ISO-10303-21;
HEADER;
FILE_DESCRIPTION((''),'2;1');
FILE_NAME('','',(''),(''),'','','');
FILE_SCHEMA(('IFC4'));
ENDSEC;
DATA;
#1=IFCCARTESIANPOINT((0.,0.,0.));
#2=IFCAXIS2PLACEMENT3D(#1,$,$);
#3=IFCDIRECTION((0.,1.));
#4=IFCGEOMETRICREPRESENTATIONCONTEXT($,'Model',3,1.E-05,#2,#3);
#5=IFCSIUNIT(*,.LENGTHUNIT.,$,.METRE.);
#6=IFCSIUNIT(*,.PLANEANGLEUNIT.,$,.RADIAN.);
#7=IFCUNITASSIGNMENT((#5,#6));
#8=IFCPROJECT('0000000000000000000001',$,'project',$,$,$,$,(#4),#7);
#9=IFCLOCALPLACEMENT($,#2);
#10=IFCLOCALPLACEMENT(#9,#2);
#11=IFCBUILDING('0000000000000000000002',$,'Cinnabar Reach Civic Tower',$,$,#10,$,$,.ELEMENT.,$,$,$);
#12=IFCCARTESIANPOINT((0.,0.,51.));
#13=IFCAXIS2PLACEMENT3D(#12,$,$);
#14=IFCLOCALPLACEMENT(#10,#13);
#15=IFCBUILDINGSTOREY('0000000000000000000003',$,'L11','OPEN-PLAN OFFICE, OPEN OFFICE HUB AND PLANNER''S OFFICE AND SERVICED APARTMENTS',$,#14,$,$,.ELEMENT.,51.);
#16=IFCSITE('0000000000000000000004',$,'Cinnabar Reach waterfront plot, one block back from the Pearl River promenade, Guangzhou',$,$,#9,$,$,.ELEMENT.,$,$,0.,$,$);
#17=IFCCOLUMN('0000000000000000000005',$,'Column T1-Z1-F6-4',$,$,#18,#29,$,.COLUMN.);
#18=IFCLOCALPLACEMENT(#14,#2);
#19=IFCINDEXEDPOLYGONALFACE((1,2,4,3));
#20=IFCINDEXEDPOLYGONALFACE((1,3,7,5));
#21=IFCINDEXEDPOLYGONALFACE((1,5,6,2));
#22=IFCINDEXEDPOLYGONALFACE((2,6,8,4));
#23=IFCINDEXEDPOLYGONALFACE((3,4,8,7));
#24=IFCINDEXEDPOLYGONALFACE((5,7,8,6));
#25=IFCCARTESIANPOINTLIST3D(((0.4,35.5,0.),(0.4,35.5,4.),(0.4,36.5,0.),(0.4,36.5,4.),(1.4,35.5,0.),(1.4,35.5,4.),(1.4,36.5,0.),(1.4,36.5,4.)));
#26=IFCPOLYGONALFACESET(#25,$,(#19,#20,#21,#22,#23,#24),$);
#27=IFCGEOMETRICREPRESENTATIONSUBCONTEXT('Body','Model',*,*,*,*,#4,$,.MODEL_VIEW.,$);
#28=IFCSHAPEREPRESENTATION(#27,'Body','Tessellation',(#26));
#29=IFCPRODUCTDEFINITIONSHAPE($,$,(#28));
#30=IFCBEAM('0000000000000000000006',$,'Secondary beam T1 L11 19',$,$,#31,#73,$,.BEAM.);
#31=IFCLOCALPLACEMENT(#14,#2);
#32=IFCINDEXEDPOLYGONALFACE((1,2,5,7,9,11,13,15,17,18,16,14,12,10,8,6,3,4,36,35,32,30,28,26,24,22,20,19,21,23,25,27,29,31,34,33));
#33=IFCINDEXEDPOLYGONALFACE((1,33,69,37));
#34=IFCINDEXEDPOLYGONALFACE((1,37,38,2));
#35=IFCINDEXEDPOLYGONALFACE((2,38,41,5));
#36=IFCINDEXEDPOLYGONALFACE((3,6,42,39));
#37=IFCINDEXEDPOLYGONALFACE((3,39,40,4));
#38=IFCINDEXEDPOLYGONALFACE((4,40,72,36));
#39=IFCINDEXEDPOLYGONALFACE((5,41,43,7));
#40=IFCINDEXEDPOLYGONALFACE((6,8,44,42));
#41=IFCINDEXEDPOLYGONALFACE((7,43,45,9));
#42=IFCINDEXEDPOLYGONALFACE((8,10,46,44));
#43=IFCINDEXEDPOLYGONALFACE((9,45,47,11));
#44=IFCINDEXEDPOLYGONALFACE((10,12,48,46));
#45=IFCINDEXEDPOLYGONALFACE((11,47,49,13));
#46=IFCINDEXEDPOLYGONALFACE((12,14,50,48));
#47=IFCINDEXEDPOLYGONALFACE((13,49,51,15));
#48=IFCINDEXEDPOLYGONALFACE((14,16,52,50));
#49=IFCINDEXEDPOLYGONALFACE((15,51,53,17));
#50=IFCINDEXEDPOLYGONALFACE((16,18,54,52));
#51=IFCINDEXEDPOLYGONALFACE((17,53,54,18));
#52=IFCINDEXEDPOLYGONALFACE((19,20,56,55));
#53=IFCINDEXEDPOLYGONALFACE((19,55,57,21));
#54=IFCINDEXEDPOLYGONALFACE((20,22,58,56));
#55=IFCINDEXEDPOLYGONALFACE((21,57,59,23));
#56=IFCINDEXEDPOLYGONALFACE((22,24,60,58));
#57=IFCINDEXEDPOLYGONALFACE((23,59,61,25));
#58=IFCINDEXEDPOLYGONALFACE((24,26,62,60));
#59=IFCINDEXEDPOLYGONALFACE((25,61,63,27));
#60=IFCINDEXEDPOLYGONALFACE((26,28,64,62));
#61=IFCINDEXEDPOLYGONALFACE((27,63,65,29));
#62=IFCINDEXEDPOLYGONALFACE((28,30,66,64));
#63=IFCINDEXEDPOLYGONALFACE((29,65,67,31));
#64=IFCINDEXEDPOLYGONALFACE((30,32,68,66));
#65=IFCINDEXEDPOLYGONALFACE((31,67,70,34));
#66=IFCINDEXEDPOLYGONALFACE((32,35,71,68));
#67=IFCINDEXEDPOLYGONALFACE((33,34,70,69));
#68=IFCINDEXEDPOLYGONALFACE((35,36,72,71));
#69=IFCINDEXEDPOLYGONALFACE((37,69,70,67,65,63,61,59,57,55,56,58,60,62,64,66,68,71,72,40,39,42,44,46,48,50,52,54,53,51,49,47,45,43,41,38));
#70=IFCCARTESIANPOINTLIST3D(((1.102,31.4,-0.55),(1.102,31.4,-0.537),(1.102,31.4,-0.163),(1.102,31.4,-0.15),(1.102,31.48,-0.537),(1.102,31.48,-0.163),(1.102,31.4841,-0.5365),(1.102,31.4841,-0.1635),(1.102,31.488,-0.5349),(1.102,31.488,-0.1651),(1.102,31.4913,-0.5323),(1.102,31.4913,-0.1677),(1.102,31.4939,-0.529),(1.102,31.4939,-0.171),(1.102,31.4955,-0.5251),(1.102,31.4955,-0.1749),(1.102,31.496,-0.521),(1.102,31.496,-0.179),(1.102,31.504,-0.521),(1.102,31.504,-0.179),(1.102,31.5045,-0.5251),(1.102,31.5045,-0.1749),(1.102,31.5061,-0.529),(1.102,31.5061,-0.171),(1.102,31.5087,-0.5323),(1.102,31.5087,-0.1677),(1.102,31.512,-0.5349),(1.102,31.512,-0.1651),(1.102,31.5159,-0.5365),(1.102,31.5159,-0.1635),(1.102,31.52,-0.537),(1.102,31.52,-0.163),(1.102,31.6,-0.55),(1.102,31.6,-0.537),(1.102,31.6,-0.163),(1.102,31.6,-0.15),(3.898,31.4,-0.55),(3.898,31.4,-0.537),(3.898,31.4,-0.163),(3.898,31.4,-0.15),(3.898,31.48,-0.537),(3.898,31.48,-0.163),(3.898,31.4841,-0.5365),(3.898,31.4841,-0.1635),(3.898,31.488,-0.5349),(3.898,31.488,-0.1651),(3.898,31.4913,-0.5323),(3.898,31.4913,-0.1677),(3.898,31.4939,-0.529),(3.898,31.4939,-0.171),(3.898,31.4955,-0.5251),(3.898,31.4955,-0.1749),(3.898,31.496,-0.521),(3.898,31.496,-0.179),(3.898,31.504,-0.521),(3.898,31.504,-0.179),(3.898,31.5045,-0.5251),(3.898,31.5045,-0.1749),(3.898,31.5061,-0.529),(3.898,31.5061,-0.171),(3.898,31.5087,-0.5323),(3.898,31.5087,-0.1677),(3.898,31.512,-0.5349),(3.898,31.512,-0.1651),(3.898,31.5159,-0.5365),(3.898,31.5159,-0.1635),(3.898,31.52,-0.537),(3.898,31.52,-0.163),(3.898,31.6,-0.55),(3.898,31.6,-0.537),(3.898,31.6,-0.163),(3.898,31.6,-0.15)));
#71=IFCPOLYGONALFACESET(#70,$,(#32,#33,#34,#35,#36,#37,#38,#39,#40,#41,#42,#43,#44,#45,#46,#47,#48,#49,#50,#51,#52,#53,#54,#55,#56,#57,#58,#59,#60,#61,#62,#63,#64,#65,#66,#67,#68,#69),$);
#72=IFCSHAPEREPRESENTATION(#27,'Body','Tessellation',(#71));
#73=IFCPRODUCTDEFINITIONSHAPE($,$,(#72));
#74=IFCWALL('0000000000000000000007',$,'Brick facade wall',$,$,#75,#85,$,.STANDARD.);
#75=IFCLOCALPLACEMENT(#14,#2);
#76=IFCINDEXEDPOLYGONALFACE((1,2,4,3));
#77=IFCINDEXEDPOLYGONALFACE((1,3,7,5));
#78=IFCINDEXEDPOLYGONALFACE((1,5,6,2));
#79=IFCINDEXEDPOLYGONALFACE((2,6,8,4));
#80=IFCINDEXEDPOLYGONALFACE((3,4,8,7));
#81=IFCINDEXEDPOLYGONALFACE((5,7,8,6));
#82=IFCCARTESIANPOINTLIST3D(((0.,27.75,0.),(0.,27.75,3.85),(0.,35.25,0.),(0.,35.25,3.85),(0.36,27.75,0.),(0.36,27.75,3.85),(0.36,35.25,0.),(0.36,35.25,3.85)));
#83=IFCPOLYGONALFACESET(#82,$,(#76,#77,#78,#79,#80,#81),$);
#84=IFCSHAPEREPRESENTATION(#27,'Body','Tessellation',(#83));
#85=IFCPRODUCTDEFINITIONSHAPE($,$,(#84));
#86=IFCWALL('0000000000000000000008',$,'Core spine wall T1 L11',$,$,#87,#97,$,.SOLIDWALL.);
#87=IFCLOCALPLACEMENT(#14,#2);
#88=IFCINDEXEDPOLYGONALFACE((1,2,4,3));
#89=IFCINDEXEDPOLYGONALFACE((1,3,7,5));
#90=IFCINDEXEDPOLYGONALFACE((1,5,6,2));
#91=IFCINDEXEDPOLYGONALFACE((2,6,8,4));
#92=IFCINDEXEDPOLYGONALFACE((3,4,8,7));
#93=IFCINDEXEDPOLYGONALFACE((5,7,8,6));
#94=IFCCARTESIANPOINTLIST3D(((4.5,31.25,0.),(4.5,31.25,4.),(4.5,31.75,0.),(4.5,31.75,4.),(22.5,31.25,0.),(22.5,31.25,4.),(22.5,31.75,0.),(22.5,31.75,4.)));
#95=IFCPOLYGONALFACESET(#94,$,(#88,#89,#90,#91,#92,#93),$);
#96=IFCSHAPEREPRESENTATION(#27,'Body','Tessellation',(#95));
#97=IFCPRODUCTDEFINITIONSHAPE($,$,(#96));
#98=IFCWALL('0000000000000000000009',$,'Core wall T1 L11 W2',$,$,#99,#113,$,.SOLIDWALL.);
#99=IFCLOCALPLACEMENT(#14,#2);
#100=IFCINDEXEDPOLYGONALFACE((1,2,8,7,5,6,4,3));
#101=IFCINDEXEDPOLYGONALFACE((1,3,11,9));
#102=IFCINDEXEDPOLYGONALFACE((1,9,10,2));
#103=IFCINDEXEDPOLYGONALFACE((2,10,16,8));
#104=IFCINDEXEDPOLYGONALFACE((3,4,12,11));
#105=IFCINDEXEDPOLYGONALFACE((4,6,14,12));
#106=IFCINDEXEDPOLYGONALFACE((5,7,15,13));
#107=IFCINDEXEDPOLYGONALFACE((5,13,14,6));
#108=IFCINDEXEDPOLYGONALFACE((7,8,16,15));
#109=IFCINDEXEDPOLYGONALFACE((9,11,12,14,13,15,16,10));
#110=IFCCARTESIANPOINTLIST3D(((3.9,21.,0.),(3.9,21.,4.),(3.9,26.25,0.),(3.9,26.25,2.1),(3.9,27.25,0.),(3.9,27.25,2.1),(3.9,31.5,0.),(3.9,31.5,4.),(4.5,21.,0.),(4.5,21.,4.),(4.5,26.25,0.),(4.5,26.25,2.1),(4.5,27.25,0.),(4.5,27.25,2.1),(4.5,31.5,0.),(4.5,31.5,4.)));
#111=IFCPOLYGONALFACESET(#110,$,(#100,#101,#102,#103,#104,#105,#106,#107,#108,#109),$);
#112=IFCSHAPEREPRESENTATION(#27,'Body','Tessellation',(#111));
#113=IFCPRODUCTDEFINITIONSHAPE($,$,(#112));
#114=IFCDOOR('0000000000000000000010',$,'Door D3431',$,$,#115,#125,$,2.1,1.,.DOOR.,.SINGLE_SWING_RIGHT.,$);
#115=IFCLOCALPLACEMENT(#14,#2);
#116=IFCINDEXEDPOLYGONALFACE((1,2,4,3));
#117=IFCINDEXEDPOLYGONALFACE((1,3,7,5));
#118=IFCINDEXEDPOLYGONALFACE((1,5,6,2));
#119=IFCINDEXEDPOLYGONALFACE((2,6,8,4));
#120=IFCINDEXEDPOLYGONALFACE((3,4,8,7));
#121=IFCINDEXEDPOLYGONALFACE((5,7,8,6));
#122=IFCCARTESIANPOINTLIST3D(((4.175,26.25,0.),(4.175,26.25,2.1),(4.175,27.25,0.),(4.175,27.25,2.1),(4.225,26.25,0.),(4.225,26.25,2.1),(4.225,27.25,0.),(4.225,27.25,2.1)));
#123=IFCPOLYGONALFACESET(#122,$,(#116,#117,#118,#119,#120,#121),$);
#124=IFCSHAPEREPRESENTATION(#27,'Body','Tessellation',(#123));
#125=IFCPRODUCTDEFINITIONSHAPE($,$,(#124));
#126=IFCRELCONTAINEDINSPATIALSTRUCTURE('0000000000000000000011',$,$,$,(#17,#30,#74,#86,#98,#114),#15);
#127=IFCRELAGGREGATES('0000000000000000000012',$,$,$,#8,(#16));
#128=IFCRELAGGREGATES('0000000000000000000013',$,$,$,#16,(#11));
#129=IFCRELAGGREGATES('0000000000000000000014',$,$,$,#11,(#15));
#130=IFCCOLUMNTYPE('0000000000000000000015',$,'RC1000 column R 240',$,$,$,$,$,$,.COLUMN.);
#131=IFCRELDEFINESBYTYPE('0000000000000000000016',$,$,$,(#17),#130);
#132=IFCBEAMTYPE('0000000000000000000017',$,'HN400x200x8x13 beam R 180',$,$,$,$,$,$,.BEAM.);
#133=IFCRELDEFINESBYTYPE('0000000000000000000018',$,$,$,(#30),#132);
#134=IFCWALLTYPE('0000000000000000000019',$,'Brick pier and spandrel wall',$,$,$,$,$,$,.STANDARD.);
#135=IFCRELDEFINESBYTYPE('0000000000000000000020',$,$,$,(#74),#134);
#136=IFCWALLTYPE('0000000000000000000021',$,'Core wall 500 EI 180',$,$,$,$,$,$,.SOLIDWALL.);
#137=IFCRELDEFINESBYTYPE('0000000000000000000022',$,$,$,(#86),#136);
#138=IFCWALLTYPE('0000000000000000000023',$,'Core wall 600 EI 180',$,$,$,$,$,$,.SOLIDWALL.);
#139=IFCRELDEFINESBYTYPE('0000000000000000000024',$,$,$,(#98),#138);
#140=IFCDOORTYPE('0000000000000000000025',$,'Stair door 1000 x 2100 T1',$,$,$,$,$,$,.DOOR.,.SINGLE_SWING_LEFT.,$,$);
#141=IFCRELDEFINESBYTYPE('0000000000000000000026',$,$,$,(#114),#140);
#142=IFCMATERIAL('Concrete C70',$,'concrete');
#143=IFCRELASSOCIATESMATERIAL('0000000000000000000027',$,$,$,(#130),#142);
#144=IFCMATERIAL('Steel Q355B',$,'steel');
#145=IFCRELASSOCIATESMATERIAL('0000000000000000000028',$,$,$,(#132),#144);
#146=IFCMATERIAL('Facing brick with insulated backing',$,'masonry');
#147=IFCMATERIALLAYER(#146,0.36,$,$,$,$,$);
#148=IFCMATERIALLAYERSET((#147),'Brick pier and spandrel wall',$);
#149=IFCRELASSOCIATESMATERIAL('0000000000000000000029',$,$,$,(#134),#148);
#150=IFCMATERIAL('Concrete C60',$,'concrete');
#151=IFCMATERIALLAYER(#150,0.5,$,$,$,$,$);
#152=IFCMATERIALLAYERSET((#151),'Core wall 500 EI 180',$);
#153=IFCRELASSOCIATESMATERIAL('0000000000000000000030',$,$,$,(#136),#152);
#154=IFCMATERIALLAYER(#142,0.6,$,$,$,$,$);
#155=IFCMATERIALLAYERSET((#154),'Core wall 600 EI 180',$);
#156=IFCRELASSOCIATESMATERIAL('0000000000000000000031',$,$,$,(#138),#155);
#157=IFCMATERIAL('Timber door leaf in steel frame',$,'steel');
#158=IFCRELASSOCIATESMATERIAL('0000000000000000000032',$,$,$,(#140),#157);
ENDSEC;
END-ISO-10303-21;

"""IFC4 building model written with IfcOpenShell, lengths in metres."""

from ifc_helpers import new_model, si_unit, direction, frame, frame_2d, origin, origin_2d, place, context, subcontext, project, spatial, rectangle, i_section, extrude, material, layer, layer_set, material_profile, profile_set, type_object, element, fill, save


model = new_model("IFC4")

# Units and contexts
model_context = context("Model", 3, precision=1e-05, world=origin(), true_north=direction((0.0, 1.0)))
body_context = subcontext(model_context, "Body", "Model", "MODEL_VIEW")
ifc_project = project(units=[si_unit("LENGTHUNIT", "METRE"), si_unit("PLANEANGLEUNIT", "RADIAN")], contexts=[model_context])

# Site, building, storey
site_placement = place(None, origin())
site = spatial("IfcSite", under=ifc_project, at=site_placement, Name="Cinnabar Reach waterfront plot, one block back from the Pearl River promenade, Guangzhou", CompositionType="ELEMENT", RefElevation=0.0)
building_placement = place(site_placement, origin())
building = spatial("IfcBuilding", under=site, at=building_placement, Name="Cinnabar Reach Civic Tower", CompositionType="ELEMENT")
storey_placement = place(building_placement, frame((0.0, 0.0, 51.0)))
storey = spatial("IfcBuildingStorey", under=building, at=storey_placement, Name="L11", Description="OPEN-PLAN OFFICE, OPEN OFFICE HUB AND PLANNER'S OFFICE AND SERVICED APARTMENTS", CompositionType="ELEMENT", Elevation=51.0)

# Column
ifc_material_1 = material(Name="Concrete C70", Category="concrete")
ifc_material_profile_1 = material_profile(ifc_material_1, rectangle(XDim=1.0, YDim=1.0, at=origin_2d()), Name="RC1000")
ifc_profile_set_1 = profile_set([ifc_material_profile_1], Name="Concrete C70")
column_type = type_object("IfcColumnType", Name="RC1000 column R 240", PredefinedType="COLUMN", material=ifc_profile_set_1)
column_placement = place(storey_placement, frame((0.9, 36.0, 0.0), z_axis=(0.0, 0.0, 1.0), x_axis=(1.0, 0.0, 0.0)))
element("IfcColumn", 1, at=column_placement, inside=storey, type_object=column_type, Name="Column T1-Z1-F6-4", PredefinedType="COLUMN", context=body_context, shape_type="SweptSolid", body=[
    extrude(rectangle(XDim=1.0, YDim=1.0, at=origin_2d()), origin(), (0.0, 0.0, 1.0), 4.0),
])

# Beam
ifc_material_2 = material(Name="Steel Q355B", Category="steel")
ifc_material_profile_2 = material_profile(ifc_material_2, i_section(OverallWidth=0.2, OverallDepth=0.4, WebThickness=0.008, FlangeThickness=0.013, FilletRadius=0.016, at=origin_2d()), Name="HN400x200x8x13")
ifc_profile_set_2 = profile_set([ifc_material_profile_2], Name="Steel Q355B")
beam_type = type_object("IfcBeamType", Name="HN400x200x8x13 beam R 180", PredefinedType="BEAM", material=ifc_profile_set_2)
beam_placement = place(storey_placement, frame((1.102, 31.5, -0.35), z_axis=(1.0, 0.0, 0.0), x_axis=(0.0, 1.0, 0.0)))
element("IfcBeam", 2, at=beam_placement, inside=storey, type_object=beam_type, Name="Secondary beam T1 L11 19", PredefinedType="BEAM", context=body_context, shape_type="SweptSolid", body=[
    extrude(i_section(OverallWidth=0.2, OverallDepth=0.4, WebThickness=0.008, FlangeThickness=0.013, FilletRadius=0.016, at=origin_2d()), origin(), (0.0, 0.0, 1.0), 2.796),
])

# Walls
ifc_material_3 = material(Name="Facing brick with insulated backing", Category="masonry")
ifc_layer_1 = layer(ifc_material_3, 0.36)
ifc_layer_set_1 = layer_set([ifc_layer_1], Name="Brick pier and spandrel wall")
wall_type_1 = type_object("IfcWallType", Name="Brick pier and spandrel wall", PredefinedType="STANDARD", material=ifc_layer_set_1)
wall_1_placement = place(storey_placement, frame((0.18, 35.25, 0.0), z_axis=(0.0, 0.0, 1.0), x_axis=(0.0, -1.0, 0.0)))
element("IfcWall", 3, at=wall_1_placement, inside=storey, type_object=wall_type_1, Name="Brick facade wall", PredefinedType="STANDARD", context=body_context, shape_type="SweptSolid", body=[
    extrude(rectangle(XDim=7.5, YDim=0.36, at=frame_2d((3.75, 0.0))), origin(), (0.0, 0.0, 1.0), 3.85),
])
ifc_material_4 = material(Name="Concrete C60", Category="concrete")
ifc_layer_2 = layer(ifc_material_4, 0.5)
ifc_layer_set_2 = layer_set([ifc_layer_2], Name="Core wall 500 EI 180")
wall_type_2 = type_object("IfcWallType", Name="Core wall 500 EI 180", PredefinedType="SOLIDWALL", material=ifc_layer_set_2)
wall_2_placement = place(storey_placement, frame((4.5, 31.5, 0.0), z_axis=(0.0, 0.0, 1.0), x_axis=(1.0, 0.0, 0.0)))
element("IfcWall", 4, at=wall_2_placement, inside=storey, type_object=wall_type_2, Name="Core spine wall T1 L11", PredefinedType="SOLIDWALL", context=body_context, shape_type="SweptSolid", body=[
    extrude(rectangle(XDim=18.0, YDim=0.5, at=frame_2d((9.0, 0.0))), origin(), (0.0, 0.0, 1.0), 4.0),
])

# Wall, opening, door
ifc_layer_3 = layer(ifc_material_1, 0.6)
ifc_layer_set_3 = layer_set([ifc_layer_3], Name="Core wall 600 EI 180")
wall_type_3 = type_object("IfcWallType", Name="Core wall 600 EI 180", PredefinedType="SOLIDWALL", material=ifc_layer_set_3)
wall_3_placement = place(storey_placement, frame((4.2, 31.5, 0.0), z_axis=(0.0, 0.0, 1.0), x_axis=(0.0, -1.0, 0.0)))
wall_3 = element("IfcWall", 5, at=wall_3_placement, inside=storey, type_object=wall_type_3, Name="Core wall T1 L11 W2", PredefinedType="SOLIDWALL", context=body_context, shape_type="SweptSolid", body=[
    extrude(rectangle(XDim=10.5, YDim=0.6, at=frame_2d((5.25, 0.0))), origin(), (0.0, 0.0, 1.0), 4.0),
])
opening_1_placement = place(wall_3_placement, frame((4.25, 0.0, 0.0)))
opening_1 = element("IfcOpeningElement", 6, at=opening_1_placement, cuts=wall_3, PredefinedType="OPENING", context=body_context, shape_type="SweptSolid", body=[
    extrude(rectangle(XDim=1.0, YDim=2.1, at=frame_2d((0.5, 1.05))), frame((0.0, 0.31, 0.0), z_axis=(0.0, -1.0, 0.0), x_axis=(1.0, 0.0, 0.0)), (0.0, 0.0, 1.0), 0.62),
])
ifc_material_5 = material(Name="Timber door leaf in steel frame", Category="steel")
door_type_1 = type_object("IfcDoorType", Name="Stair door 1000 x 2100 T1", OperationType="SINGLE_SWING_LEFT", PredefinedType="DOOR", material=ifc_material_5)
door_1_placement = place(opening_1_placement, frame((1.0, 0.0, 0.0), z_axis=(0.0, 0.0, 1.0), x_axis=(-1.0, 0.0, 0.0)))
door_1 = element("IfcDoor", 7, at=door_1_placement, inside=storey, type_object=door_type_1, Name="Door D3431", OperationType="SINGLE_SWING_RIGHT", OverallHeight=2.1, OverallWidth=1.0, PredefinedType="DOOR", context=body_context, shape_type="SweptSolid", body=[
    extrude(rectangle(XDim=1.0, YDim=2.1, at=frame_2d((0.5, 1.05))), frame((0.0, 0.025, 0.0), z_axis=(0.0, -1.0, 0.0), x_axis=(1.0, 0.0, 0.0)), (0.0, 0.0, 1.0), 0.05),
])
fill(opening_1, door_1)

save(model, "model.ifc")
